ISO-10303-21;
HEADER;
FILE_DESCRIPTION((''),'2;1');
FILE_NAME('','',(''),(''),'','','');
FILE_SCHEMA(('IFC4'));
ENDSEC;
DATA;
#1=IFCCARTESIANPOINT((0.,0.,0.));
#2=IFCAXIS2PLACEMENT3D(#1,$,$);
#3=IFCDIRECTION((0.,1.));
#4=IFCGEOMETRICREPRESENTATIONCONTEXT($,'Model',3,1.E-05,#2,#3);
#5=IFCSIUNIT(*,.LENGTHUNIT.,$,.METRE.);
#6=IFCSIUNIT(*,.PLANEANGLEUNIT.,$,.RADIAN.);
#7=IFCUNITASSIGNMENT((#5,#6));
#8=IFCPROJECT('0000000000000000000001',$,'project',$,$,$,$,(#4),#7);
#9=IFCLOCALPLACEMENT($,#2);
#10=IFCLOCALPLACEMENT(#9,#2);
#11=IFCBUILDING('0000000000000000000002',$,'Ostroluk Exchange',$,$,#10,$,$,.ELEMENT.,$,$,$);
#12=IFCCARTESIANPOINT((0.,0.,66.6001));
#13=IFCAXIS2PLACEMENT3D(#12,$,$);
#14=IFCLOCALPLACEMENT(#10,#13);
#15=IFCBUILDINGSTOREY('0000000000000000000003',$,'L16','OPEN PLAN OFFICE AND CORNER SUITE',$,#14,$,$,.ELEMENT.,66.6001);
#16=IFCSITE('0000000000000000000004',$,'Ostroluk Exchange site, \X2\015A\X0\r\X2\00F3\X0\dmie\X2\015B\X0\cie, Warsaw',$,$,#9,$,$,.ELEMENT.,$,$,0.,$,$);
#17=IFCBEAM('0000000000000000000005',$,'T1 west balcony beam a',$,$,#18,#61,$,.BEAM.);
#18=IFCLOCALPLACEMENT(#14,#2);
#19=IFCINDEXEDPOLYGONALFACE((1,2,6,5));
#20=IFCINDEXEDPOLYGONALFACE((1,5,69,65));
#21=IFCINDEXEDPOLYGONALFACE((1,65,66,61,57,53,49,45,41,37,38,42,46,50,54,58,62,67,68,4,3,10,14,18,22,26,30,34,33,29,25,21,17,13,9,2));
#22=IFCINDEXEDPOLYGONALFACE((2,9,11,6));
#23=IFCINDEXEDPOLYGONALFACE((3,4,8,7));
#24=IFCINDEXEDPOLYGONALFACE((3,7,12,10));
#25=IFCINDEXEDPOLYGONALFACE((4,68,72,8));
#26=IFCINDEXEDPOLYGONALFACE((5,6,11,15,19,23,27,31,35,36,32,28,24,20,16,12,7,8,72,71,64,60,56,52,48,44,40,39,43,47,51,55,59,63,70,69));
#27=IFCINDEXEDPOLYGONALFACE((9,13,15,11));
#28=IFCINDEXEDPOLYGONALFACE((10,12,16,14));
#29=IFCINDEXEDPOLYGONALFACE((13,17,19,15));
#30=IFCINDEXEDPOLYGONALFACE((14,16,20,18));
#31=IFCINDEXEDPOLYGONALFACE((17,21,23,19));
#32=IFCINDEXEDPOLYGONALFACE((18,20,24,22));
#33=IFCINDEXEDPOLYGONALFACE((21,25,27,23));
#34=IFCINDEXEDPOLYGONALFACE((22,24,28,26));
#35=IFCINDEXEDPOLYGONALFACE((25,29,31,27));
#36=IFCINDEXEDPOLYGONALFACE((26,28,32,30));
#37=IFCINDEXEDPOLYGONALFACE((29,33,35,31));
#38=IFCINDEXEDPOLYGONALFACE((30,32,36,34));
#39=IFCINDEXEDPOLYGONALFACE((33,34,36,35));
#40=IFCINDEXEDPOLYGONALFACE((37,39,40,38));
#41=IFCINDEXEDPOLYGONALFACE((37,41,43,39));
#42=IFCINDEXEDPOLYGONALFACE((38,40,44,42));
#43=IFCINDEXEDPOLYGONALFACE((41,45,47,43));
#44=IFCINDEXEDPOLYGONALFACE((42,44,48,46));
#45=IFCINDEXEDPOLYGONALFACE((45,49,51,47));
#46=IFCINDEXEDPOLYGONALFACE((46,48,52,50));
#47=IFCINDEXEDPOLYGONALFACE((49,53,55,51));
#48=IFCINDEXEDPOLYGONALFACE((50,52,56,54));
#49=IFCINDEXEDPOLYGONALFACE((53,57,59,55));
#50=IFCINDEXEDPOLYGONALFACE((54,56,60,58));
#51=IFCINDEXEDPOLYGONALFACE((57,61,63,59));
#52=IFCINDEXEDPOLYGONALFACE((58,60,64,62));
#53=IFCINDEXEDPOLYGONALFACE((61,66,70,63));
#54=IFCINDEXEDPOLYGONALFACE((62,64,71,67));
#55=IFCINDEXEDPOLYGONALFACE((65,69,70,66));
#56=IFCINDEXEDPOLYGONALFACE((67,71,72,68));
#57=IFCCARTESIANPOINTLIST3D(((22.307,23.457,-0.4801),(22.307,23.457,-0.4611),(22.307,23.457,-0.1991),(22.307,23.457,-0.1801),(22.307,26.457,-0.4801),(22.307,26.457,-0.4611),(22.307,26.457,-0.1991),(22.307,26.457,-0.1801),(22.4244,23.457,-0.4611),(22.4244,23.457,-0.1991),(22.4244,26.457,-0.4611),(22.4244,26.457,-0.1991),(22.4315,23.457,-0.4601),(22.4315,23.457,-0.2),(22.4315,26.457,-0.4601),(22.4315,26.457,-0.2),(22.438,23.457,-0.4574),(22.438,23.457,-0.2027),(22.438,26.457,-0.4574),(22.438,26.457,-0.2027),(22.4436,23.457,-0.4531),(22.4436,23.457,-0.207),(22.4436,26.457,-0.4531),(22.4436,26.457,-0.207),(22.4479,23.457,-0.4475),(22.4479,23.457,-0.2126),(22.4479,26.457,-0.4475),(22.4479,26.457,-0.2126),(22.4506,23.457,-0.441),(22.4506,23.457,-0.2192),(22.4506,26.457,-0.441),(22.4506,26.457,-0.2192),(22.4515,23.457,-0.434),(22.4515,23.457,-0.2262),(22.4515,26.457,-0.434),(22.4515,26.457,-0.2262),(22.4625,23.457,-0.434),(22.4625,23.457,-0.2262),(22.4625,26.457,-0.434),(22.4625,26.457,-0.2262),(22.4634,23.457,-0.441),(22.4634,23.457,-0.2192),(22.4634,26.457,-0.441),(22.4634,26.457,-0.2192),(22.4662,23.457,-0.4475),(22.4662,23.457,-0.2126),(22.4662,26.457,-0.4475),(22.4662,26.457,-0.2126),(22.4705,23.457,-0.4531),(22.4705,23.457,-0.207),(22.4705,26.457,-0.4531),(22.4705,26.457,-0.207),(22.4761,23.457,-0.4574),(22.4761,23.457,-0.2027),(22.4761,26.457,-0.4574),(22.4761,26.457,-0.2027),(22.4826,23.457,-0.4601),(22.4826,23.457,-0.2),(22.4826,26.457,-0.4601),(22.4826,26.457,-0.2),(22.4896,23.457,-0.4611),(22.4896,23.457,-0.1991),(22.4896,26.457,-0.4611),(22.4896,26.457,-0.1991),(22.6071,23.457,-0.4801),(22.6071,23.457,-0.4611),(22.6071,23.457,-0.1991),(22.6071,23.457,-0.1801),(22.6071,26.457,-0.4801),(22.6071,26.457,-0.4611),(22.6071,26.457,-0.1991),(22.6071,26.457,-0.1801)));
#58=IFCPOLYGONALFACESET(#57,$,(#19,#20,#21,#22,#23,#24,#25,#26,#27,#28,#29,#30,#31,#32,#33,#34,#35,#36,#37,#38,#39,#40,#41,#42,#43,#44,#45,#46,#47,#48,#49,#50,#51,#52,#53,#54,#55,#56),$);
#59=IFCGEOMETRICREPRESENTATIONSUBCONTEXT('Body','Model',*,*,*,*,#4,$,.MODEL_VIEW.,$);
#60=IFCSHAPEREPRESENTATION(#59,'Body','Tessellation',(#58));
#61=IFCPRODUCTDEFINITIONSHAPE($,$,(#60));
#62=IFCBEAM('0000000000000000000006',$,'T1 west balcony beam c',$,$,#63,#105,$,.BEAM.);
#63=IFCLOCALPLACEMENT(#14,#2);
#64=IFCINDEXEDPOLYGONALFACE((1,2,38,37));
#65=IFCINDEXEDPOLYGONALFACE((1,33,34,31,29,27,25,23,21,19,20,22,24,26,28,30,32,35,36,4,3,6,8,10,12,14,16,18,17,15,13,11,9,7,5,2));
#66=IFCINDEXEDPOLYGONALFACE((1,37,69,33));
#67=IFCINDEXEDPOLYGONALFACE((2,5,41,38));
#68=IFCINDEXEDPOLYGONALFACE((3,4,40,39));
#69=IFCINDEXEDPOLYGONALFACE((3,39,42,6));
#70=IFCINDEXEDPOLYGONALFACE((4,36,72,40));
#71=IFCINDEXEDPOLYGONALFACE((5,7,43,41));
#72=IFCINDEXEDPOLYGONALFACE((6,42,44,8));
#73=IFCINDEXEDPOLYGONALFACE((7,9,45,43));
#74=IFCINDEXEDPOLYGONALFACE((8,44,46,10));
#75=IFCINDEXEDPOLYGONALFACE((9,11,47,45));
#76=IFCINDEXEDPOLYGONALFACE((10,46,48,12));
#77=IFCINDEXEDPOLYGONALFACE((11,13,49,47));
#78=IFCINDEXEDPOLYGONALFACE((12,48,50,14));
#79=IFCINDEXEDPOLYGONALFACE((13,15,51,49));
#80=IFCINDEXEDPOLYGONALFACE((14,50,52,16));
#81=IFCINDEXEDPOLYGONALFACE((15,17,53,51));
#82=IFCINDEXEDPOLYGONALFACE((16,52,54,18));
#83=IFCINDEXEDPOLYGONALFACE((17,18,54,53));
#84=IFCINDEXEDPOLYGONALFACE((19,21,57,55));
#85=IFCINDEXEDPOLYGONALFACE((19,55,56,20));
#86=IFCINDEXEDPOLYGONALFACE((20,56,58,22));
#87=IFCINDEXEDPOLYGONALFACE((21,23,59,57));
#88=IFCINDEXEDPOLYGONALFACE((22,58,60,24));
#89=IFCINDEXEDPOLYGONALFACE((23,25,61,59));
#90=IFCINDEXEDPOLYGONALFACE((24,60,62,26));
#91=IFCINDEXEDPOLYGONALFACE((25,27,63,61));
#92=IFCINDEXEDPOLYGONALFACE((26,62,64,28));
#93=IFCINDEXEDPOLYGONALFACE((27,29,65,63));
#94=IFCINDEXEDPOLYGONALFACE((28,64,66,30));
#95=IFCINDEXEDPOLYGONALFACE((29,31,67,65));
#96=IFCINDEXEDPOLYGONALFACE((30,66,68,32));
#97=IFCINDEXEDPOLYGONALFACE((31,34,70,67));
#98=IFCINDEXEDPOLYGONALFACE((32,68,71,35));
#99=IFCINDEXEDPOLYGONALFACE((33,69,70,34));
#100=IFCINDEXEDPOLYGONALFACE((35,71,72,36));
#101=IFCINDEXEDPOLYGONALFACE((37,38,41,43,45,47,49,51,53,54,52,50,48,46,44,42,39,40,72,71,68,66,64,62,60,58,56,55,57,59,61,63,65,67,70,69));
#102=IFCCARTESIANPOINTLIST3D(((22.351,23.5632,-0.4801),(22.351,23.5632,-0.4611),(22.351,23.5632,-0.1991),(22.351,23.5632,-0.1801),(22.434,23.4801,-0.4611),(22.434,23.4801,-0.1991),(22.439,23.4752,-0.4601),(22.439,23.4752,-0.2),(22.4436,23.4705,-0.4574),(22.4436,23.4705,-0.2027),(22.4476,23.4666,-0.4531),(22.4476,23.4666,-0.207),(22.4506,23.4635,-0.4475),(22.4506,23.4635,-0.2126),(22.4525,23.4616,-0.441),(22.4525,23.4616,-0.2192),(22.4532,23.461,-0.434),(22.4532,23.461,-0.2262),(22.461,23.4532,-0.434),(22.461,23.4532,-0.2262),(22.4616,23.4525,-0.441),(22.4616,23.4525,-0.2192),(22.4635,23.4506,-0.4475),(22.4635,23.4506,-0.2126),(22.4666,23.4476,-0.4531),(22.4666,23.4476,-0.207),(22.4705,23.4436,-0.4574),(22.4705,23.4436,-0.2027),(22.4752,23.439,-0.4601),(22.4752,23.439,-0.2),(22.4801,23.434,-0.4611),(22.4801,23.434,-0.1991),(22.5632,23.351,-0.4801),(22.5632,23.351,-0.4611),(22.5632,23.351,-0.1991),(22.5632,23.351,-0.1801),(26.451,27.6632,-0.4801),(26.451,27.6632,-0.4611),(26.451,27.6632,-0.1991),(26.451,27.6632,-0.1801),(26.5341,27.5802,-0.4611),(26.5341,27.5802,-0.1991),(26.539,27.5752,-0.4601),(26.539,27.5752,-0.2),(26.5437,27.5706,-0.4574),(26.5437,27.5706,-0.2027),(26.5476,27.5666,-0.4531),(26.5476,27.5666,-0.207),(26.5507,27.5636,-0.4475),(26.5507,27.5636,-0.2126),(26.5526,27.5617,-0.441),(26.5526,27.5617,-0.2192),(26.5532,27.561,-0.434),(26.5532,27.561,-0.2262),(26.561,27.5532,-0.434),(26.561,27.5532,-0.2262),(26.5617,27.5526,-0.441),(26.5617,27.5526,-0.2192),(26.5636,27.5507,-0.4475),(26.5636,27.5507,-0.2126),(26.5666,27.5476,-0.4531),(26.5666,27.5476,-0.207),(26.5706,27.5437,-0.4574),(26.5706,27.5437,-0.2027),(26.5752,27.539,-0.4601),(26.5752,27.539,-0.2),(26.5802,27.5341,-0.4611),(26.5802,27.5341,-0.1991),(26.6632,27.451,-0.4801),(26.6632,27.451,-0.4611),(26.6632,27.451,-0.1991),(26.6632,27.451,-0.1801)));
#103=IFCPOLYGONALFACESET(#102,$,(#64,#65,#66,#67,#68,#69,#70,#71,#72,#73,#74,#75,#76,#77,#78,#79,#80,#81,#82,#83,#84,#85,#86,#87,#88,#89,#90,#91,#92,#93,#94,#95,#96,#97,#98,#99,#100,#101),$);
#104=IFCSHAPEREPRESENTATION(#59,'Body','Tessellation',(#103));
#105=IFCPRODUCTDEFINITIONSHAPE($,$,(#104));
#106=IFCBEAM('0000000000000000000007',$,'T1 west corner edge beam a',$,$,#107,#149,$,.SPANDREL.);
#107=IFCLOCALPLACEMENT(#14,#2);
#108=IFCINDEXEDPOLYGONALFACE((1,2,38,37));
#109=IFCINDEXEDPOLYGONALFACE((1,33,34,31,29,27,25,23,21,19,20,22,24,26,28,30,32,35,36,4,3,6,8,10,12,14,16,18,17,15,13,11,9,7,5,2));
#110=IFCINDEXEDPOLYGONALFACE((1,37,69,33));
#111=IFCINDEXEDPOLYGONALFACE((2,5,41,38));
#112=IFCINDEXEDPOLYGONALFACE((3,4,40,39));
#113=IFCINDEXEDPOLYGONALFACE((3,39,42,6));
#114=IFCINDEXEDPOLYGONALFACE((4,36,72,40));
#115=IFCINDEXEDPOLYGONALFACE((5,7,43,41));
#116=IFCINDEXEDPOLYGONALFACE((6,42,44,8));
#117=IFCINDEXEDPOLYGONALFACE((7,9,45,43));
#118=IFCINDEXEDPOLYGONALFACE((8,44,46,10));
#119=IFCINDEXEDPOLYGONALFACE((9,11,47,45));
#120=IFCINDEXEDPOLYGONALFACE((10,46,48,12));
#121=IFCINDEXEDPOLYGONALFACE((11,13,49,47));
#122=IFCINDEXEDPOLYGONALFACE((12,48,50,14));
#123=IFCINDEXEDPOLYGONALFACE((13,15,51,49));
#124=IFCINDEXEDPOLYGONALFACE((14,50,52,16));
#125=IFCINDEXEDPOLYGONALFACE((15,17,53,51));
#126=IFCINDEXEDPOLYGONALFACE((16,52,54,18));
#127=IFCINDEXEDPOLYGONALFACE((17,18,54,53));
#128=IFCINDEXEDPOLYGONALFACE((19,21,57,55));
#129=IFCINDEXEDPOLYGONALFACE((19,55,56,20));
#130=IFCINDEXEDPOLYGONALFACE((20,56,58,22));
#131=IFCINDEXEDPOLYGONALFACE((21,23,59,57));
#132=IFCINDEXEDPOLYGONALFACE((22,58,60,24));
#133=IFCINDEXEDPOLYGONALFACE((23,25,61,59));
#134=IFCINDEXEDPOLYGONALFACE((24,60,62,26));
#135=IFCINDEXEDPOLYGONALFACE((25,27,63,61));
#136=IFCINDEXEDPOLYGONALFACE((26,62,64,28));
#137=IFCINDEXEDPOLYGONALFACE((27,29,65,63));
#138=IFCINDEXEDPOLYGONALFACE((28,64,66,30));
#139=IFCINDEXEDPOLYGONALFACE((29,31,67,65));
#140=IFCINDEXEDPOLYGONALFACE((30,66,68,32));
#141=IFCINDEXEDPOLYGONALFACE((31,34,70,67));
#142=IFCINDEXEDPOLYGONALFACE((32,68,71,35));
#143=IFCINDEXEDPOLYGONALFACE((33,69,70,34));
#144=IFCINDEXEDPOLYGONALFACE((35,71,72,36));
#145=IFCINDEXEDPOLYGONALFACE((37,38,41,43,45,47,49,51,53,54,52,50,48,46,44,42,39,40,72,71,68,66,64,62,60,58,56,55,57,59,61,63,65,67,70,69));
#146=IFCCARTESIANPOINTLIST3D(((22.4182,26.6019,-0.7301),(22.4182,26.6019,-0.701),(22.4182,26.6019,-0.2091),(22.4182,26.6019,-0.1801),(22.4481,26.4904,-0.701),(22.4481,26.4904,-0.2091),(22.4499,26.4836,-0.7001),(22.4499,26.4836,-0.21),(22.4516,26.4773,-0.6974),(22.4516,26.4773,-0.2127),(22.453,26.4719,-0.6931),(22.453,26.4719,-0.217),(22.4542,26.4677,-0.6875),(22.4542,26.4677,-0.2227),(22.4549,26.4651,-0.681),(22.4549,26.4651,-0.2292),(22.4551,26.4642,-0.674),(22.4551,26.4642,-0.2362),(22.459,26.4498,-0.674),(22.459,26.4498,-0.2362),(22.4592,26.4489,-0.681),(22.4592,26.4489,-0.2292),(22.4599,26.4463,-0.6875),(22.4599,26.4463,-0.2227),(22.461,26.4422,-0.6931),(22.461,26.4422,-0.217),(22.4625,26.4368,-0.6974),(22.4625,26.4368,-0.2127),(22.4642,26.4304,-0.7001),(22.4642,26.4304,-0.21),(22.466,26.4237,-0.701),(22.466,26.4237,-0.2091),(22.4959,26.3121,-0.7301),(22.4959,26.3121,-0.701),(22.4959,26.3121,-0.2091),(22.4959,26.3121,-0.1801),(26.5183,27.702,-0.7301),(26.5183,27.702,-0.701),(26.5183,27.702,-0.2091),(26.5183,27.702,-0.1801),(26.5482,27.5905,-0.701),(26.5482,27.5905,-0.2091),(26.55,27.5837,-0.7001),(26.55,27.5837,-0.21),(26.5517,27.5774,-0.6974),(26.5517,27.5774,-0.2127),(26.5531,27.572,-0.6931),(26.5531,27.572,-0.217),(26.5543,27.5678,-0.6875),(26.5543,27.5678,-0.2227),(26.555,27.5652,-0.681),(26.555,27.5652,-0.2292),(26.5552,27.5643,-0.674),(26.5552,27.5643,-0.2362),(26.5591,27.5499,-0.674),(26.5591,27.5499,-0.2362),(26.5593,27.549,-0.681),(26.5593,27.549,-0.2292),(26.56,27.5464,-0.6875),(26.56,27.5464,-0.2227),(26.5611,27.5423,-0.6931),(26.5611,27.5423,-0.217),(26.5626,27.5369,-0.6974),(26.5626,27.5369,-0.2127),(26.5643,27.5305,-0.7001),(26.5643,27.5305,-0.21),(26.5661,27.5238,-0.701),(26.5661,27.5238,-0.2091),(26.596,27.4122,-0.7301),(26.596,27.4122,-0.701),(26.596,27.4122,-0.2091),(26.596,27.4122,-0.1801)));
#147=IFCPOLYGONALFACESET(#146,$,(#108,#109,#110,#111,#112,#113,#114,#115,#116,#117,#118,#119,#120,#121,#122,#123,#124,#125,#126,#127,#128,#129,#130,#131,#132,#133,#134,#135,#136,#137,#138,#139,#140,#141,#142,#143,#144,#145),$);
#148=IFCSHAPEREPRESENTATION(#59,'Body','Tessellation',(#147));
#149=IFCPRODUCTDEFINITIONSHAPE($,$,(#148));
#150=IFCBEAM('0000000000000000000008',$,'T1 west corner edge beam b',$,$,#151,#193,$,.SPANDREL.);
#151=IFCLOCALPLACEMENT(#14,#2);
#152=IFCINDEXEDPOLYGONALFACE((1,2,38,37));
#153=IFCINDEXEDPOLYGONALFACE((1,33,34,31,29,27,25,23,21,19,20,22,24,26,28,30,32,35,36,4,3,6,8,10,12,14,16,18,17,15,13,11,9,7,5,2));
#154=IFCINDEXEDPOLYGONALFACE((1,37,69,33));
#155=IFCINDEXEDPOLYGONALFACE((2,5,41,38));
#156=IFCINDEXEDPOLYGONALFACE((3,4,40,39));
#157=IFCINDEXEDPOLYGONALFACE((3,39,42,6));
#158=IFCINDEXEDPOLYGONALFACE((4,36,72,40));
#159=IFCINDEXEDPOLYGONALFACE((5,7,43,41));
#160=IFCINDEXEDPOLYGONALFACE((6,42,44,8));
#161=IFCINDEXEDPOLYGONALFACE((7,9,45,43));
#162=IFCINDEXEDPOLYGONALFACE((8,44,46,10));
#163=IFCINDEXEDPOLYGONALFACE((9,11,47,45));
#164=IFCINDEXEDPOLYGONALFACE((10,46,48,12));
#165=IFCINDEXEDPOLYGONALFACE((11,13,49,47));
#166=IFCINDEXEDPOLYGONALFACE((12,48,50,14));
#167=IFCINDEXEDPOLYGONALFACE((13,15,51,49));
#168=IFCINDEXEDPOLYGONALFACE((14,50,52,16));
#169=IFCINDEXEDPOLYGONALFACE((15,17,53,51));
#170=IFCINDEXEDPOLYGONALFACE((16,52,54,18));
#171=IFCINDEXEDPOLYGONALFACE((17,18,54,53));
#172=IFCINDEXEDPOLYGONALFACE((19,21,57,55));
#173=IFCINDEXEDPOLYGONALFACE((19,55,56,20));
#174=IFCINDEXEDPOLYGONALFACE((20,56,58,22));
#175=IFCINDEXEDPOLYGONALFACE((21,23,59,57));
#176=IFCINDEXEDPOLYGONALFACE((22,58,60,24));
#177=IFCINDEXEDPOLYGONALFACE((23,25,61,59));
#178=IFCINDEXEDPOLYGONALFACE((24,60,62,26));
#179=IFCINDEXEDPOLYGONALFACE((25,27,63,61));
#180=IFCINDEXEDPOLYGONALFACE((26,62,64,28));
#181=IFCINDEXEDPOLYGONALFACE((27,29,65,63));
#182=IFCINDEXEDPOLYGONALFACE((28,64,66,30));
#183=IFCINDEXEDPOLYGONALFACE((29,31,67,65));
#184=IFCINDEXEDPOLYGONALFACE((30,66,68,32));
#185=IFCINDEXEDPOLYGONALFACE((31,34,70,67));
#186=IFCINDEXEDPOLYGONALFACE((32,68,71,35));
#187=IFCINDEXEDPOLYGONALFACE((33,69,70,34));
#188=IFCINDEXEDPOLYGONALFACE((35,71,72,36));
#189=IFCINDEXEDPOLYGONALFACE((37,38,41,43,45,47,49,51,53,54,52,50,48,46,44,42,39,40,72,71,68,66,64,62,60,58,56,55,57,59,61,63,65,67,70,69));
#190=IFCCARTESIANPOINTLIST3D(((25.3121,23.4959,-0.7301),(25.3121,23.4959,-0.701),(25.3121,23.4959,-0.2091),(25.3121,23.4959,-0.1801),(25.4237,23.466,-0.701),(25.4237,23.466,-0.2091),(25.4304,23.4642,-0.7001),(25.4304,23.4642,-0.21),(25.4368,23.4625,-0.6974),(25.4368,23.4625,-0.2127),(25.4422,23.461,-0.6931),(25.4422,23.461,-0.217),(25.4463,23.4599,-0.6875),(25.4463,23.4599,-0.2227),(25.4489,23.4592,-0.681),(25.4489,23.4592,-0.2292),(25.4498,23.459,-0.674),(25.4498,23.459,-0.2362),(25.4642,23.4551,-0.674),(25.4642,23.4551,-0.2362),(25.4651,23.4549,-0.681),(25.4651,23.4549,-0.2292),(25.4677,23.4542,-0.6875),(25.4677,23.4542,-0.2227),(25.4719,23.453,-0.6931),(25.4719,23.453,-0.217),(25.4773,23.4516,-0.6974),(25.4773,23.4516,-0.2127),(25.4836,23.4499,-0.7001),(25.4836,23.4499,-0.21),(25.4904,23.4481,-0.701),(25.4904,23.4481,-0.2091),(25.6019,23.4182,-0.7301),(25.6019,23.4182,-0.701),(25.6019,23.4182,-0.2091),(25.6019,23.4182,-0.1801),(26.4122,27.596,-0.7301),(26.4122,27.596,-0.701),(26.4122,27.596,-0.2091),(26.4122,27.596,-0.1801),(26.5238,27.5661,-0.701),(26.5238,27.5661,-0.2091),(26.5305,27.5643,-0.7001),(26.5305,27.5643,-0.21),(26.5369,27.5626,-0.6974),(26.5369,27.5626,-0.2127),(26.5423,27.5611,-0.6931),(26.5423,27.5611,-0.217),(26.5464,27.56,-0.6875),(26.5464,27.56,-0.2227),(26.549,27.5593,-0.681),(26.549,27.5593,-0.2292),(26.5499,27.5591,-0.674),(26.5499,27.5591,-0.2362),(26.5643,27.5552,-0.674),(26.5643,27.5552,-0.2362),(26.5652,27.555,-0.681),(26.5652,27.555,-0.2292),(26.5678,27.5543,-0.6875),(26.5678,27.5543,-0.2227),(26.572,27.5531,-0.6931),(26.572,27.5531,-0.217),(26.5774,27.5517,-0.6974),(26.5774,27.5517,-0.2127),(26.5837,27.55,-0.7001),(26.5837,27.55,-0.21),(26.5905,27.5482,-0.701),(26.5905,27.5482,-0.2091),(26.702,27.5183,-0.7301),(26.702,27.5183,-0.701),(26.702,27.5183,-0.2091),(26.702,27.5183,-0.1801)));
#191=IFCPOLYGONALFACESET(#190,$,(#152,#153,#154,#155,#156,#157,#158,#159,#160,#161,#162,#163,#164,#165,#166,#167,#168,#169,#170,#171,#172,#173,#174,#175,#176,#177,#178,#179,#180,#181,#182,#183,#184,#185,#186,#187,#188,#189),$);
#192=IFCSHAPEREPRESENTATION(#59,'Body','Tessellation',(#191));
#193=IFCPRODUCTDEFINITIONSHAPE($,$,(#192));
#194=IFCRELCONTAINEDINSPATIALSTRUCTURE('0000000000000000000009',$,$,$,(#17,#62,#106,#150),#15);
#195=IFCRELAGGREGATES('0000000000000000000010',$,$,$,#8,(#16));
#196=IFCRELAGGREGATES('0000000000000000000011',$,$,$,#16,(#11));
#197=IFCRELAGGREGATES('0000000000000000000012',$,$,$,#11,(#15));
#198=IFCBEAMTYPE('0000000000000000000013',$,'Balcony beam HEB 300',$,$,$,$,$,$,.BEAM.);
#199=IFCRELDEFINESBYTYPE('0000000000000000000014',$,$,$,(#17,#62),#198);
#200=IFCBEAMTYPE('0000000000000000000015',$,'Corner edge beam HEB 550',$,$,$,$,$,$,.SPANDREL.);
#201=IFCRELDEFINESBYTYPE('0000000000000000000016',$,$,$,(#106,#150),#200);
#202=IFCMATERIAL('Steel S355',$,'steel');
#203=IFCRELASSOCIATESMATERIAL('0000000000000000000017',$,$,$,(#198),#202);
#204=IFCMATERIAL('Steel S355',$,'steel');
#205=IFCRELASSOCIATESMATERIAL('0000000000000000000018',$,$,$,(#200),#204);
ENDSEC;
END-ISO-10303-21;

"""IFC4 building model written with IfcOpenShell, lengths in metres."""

from ifc_helpers import new_model, si_unit, direction, frame, origin, origin_2d, place, context, subcontext, project, spatial, i_section, extrude, material, material_profile, profile_set, type_object, element, save


model = new_model("IFC4")

# Units and contexts
model_context = context("Model", 3, precision=1e-05, world=origin(), true_north=direction((0.0, 1.0)))
body_context = subcontext(model_context, "Body", "Model", "MODEL_VIEW")
ifc_project = project(units=[si_unit("LENGTHUNIT", "METRE"), si_unit("PLANEANGLEUNIT", "RADIAN")], contexts=[model_context])

# Site, building, storey
site_placement = place(None, origin())
site = spatial("IfcSite", under=ifc_project, at=site_placement, Name="Ostroluk Exchange site, Śródmieście, Warsaw", CompositionType="ELEMENT", RefElevation=0.0)
building_placement = place(site_placement, origin())
building = spatial("IfcBuilding", under=site, at=building_placement, Name="Ostroluk Exchange", CompositionType="ELEMENT")
storey_placement = place(building_placement, frame((0.0, 0.0, 66.6001)))
storey = spatial("IfcBuildingStorey", under=building, at=storey_placement, Name="L16", Description="OPEN PLAN OFFICE AND CORNER SUITE", CompositionType="ELEMENT", Elevation=66.6001)

# Beams
ifc_material_1 = material(Name="Steel S355", Category="steel")
ifc_material_profile_1 = material_profile(ifc_material_1, i_section(OverallWidth=0.3, OverallDepth=0.3, WebThickness=0.011, FlangeThickness=0.019, FilletRadius=0.0271, at=origin_2d()), Name="HEB 300")
ifc_profile_set_1 = profile_set([ifc_material_profile_1], Name="Steel S355")
beam_type_1 = type_object("IfcBeamType", Name="Balcony beam HEB 300", PredefinedType="BEAM", material=ifc_profile_set_1)
beam_1_placement = place(storey_placement, frame((22.457, 26.457, -0.3301), z_axis=(0.0, -1.0, 0.0), x_axis=(1.0, 0.0, 0.0)))
element("IfcBeam", 1, at=beam_1_placement, inside=storey, type_object=beam_type_1, Name="T1 west balcony beam a", PredefinedType="BEAM", context=body_context, shape_type="SweptSolid", body=[
    extrude(i_section(OverallWidth=0.3, OverallDepth=0.3, WebThickness=0.011, FlangeThickness=0.019, FilletRadius=0.0271, at=origin_2d()), origin(), (0.0, 0.0, 1.0), 3.0),
])
beam_2_placement = place(storey_placement, frame((26.5571, 27.5571, -0.3301), z_axis=(-0.707107, -0.707107, 0.0), x_axis=(0.707107, -0.707107, 0.0)))
element("IfcBeam", 2, at=beam_2_placement, inside=storey, type_object=beam_type_1, Name="T1 west balcony beam c", PredefinedType="BEAM", context=body_context, shape_type="SweptSolid", body=[
    extrude(i_section(OverallWidth=0.3, OverallDepth=0.3, WebThickness=0.011, FlangeThickness=0.019, FilletRadius=0.0271, at=origin_2d()), origin(), (0.0, 0.0, 1.0), 5.7983),
])
ifc_material_2 = material(Name="Steel S355", Category="steel")
ifc_material_profile_2 = material_profile(ifc_material_2, i_section(OverallWidth=0.3, OverallDepth=0.55, WebThickness=0.0149, FlangeThickness=0.0291, FilletRadius=0.0271, at=origin_2d()), Name="HEB 550")
ifc_profile_set_2 = profile_set([ifc_material_profile_2], Name="Steel S355")
beam_type_2 = type_object("IfcBeamType", Name="Corner edge beam HEB 550", PredefinedType="SPANDREL", material=ifc_profile_set_2)
for number, where, z_axis, x_axis, name in (
    (3, (26.5571, 27.5571, -0.4551), (-0.965839, -0.259144, 0.0), (0.259144, -0.965839, 0.0), "T1 west corner edge beam a"),
    (4, (26.5571, 27.5571, -0.4551), (-0.259144, -0.965839, 0.0), (0.965839, -0.259144, 0.0), "T1 west corner edge beam b"),
):
    element("IfcBeam", number, at=place(storey_placement, frame(where, z_axis=z_axis, x_axis=x_axis)), inside=storey, type_object=beam_type_2, Name=name, PredefinedType="SPANDREL", context=body_context, shape_type="SweptSolid", body=[
        extrude(i_section(OverallWidth=0.3, OverallDepth=0.55, WebThickness=0.0149, FlangeThickness=0.0291, FilletRadius=0.0271, at=origin_2d()), origin(), (0.0, 0.0, 1.0), 4.2451),
    ])

save(model, "model.ifc")
